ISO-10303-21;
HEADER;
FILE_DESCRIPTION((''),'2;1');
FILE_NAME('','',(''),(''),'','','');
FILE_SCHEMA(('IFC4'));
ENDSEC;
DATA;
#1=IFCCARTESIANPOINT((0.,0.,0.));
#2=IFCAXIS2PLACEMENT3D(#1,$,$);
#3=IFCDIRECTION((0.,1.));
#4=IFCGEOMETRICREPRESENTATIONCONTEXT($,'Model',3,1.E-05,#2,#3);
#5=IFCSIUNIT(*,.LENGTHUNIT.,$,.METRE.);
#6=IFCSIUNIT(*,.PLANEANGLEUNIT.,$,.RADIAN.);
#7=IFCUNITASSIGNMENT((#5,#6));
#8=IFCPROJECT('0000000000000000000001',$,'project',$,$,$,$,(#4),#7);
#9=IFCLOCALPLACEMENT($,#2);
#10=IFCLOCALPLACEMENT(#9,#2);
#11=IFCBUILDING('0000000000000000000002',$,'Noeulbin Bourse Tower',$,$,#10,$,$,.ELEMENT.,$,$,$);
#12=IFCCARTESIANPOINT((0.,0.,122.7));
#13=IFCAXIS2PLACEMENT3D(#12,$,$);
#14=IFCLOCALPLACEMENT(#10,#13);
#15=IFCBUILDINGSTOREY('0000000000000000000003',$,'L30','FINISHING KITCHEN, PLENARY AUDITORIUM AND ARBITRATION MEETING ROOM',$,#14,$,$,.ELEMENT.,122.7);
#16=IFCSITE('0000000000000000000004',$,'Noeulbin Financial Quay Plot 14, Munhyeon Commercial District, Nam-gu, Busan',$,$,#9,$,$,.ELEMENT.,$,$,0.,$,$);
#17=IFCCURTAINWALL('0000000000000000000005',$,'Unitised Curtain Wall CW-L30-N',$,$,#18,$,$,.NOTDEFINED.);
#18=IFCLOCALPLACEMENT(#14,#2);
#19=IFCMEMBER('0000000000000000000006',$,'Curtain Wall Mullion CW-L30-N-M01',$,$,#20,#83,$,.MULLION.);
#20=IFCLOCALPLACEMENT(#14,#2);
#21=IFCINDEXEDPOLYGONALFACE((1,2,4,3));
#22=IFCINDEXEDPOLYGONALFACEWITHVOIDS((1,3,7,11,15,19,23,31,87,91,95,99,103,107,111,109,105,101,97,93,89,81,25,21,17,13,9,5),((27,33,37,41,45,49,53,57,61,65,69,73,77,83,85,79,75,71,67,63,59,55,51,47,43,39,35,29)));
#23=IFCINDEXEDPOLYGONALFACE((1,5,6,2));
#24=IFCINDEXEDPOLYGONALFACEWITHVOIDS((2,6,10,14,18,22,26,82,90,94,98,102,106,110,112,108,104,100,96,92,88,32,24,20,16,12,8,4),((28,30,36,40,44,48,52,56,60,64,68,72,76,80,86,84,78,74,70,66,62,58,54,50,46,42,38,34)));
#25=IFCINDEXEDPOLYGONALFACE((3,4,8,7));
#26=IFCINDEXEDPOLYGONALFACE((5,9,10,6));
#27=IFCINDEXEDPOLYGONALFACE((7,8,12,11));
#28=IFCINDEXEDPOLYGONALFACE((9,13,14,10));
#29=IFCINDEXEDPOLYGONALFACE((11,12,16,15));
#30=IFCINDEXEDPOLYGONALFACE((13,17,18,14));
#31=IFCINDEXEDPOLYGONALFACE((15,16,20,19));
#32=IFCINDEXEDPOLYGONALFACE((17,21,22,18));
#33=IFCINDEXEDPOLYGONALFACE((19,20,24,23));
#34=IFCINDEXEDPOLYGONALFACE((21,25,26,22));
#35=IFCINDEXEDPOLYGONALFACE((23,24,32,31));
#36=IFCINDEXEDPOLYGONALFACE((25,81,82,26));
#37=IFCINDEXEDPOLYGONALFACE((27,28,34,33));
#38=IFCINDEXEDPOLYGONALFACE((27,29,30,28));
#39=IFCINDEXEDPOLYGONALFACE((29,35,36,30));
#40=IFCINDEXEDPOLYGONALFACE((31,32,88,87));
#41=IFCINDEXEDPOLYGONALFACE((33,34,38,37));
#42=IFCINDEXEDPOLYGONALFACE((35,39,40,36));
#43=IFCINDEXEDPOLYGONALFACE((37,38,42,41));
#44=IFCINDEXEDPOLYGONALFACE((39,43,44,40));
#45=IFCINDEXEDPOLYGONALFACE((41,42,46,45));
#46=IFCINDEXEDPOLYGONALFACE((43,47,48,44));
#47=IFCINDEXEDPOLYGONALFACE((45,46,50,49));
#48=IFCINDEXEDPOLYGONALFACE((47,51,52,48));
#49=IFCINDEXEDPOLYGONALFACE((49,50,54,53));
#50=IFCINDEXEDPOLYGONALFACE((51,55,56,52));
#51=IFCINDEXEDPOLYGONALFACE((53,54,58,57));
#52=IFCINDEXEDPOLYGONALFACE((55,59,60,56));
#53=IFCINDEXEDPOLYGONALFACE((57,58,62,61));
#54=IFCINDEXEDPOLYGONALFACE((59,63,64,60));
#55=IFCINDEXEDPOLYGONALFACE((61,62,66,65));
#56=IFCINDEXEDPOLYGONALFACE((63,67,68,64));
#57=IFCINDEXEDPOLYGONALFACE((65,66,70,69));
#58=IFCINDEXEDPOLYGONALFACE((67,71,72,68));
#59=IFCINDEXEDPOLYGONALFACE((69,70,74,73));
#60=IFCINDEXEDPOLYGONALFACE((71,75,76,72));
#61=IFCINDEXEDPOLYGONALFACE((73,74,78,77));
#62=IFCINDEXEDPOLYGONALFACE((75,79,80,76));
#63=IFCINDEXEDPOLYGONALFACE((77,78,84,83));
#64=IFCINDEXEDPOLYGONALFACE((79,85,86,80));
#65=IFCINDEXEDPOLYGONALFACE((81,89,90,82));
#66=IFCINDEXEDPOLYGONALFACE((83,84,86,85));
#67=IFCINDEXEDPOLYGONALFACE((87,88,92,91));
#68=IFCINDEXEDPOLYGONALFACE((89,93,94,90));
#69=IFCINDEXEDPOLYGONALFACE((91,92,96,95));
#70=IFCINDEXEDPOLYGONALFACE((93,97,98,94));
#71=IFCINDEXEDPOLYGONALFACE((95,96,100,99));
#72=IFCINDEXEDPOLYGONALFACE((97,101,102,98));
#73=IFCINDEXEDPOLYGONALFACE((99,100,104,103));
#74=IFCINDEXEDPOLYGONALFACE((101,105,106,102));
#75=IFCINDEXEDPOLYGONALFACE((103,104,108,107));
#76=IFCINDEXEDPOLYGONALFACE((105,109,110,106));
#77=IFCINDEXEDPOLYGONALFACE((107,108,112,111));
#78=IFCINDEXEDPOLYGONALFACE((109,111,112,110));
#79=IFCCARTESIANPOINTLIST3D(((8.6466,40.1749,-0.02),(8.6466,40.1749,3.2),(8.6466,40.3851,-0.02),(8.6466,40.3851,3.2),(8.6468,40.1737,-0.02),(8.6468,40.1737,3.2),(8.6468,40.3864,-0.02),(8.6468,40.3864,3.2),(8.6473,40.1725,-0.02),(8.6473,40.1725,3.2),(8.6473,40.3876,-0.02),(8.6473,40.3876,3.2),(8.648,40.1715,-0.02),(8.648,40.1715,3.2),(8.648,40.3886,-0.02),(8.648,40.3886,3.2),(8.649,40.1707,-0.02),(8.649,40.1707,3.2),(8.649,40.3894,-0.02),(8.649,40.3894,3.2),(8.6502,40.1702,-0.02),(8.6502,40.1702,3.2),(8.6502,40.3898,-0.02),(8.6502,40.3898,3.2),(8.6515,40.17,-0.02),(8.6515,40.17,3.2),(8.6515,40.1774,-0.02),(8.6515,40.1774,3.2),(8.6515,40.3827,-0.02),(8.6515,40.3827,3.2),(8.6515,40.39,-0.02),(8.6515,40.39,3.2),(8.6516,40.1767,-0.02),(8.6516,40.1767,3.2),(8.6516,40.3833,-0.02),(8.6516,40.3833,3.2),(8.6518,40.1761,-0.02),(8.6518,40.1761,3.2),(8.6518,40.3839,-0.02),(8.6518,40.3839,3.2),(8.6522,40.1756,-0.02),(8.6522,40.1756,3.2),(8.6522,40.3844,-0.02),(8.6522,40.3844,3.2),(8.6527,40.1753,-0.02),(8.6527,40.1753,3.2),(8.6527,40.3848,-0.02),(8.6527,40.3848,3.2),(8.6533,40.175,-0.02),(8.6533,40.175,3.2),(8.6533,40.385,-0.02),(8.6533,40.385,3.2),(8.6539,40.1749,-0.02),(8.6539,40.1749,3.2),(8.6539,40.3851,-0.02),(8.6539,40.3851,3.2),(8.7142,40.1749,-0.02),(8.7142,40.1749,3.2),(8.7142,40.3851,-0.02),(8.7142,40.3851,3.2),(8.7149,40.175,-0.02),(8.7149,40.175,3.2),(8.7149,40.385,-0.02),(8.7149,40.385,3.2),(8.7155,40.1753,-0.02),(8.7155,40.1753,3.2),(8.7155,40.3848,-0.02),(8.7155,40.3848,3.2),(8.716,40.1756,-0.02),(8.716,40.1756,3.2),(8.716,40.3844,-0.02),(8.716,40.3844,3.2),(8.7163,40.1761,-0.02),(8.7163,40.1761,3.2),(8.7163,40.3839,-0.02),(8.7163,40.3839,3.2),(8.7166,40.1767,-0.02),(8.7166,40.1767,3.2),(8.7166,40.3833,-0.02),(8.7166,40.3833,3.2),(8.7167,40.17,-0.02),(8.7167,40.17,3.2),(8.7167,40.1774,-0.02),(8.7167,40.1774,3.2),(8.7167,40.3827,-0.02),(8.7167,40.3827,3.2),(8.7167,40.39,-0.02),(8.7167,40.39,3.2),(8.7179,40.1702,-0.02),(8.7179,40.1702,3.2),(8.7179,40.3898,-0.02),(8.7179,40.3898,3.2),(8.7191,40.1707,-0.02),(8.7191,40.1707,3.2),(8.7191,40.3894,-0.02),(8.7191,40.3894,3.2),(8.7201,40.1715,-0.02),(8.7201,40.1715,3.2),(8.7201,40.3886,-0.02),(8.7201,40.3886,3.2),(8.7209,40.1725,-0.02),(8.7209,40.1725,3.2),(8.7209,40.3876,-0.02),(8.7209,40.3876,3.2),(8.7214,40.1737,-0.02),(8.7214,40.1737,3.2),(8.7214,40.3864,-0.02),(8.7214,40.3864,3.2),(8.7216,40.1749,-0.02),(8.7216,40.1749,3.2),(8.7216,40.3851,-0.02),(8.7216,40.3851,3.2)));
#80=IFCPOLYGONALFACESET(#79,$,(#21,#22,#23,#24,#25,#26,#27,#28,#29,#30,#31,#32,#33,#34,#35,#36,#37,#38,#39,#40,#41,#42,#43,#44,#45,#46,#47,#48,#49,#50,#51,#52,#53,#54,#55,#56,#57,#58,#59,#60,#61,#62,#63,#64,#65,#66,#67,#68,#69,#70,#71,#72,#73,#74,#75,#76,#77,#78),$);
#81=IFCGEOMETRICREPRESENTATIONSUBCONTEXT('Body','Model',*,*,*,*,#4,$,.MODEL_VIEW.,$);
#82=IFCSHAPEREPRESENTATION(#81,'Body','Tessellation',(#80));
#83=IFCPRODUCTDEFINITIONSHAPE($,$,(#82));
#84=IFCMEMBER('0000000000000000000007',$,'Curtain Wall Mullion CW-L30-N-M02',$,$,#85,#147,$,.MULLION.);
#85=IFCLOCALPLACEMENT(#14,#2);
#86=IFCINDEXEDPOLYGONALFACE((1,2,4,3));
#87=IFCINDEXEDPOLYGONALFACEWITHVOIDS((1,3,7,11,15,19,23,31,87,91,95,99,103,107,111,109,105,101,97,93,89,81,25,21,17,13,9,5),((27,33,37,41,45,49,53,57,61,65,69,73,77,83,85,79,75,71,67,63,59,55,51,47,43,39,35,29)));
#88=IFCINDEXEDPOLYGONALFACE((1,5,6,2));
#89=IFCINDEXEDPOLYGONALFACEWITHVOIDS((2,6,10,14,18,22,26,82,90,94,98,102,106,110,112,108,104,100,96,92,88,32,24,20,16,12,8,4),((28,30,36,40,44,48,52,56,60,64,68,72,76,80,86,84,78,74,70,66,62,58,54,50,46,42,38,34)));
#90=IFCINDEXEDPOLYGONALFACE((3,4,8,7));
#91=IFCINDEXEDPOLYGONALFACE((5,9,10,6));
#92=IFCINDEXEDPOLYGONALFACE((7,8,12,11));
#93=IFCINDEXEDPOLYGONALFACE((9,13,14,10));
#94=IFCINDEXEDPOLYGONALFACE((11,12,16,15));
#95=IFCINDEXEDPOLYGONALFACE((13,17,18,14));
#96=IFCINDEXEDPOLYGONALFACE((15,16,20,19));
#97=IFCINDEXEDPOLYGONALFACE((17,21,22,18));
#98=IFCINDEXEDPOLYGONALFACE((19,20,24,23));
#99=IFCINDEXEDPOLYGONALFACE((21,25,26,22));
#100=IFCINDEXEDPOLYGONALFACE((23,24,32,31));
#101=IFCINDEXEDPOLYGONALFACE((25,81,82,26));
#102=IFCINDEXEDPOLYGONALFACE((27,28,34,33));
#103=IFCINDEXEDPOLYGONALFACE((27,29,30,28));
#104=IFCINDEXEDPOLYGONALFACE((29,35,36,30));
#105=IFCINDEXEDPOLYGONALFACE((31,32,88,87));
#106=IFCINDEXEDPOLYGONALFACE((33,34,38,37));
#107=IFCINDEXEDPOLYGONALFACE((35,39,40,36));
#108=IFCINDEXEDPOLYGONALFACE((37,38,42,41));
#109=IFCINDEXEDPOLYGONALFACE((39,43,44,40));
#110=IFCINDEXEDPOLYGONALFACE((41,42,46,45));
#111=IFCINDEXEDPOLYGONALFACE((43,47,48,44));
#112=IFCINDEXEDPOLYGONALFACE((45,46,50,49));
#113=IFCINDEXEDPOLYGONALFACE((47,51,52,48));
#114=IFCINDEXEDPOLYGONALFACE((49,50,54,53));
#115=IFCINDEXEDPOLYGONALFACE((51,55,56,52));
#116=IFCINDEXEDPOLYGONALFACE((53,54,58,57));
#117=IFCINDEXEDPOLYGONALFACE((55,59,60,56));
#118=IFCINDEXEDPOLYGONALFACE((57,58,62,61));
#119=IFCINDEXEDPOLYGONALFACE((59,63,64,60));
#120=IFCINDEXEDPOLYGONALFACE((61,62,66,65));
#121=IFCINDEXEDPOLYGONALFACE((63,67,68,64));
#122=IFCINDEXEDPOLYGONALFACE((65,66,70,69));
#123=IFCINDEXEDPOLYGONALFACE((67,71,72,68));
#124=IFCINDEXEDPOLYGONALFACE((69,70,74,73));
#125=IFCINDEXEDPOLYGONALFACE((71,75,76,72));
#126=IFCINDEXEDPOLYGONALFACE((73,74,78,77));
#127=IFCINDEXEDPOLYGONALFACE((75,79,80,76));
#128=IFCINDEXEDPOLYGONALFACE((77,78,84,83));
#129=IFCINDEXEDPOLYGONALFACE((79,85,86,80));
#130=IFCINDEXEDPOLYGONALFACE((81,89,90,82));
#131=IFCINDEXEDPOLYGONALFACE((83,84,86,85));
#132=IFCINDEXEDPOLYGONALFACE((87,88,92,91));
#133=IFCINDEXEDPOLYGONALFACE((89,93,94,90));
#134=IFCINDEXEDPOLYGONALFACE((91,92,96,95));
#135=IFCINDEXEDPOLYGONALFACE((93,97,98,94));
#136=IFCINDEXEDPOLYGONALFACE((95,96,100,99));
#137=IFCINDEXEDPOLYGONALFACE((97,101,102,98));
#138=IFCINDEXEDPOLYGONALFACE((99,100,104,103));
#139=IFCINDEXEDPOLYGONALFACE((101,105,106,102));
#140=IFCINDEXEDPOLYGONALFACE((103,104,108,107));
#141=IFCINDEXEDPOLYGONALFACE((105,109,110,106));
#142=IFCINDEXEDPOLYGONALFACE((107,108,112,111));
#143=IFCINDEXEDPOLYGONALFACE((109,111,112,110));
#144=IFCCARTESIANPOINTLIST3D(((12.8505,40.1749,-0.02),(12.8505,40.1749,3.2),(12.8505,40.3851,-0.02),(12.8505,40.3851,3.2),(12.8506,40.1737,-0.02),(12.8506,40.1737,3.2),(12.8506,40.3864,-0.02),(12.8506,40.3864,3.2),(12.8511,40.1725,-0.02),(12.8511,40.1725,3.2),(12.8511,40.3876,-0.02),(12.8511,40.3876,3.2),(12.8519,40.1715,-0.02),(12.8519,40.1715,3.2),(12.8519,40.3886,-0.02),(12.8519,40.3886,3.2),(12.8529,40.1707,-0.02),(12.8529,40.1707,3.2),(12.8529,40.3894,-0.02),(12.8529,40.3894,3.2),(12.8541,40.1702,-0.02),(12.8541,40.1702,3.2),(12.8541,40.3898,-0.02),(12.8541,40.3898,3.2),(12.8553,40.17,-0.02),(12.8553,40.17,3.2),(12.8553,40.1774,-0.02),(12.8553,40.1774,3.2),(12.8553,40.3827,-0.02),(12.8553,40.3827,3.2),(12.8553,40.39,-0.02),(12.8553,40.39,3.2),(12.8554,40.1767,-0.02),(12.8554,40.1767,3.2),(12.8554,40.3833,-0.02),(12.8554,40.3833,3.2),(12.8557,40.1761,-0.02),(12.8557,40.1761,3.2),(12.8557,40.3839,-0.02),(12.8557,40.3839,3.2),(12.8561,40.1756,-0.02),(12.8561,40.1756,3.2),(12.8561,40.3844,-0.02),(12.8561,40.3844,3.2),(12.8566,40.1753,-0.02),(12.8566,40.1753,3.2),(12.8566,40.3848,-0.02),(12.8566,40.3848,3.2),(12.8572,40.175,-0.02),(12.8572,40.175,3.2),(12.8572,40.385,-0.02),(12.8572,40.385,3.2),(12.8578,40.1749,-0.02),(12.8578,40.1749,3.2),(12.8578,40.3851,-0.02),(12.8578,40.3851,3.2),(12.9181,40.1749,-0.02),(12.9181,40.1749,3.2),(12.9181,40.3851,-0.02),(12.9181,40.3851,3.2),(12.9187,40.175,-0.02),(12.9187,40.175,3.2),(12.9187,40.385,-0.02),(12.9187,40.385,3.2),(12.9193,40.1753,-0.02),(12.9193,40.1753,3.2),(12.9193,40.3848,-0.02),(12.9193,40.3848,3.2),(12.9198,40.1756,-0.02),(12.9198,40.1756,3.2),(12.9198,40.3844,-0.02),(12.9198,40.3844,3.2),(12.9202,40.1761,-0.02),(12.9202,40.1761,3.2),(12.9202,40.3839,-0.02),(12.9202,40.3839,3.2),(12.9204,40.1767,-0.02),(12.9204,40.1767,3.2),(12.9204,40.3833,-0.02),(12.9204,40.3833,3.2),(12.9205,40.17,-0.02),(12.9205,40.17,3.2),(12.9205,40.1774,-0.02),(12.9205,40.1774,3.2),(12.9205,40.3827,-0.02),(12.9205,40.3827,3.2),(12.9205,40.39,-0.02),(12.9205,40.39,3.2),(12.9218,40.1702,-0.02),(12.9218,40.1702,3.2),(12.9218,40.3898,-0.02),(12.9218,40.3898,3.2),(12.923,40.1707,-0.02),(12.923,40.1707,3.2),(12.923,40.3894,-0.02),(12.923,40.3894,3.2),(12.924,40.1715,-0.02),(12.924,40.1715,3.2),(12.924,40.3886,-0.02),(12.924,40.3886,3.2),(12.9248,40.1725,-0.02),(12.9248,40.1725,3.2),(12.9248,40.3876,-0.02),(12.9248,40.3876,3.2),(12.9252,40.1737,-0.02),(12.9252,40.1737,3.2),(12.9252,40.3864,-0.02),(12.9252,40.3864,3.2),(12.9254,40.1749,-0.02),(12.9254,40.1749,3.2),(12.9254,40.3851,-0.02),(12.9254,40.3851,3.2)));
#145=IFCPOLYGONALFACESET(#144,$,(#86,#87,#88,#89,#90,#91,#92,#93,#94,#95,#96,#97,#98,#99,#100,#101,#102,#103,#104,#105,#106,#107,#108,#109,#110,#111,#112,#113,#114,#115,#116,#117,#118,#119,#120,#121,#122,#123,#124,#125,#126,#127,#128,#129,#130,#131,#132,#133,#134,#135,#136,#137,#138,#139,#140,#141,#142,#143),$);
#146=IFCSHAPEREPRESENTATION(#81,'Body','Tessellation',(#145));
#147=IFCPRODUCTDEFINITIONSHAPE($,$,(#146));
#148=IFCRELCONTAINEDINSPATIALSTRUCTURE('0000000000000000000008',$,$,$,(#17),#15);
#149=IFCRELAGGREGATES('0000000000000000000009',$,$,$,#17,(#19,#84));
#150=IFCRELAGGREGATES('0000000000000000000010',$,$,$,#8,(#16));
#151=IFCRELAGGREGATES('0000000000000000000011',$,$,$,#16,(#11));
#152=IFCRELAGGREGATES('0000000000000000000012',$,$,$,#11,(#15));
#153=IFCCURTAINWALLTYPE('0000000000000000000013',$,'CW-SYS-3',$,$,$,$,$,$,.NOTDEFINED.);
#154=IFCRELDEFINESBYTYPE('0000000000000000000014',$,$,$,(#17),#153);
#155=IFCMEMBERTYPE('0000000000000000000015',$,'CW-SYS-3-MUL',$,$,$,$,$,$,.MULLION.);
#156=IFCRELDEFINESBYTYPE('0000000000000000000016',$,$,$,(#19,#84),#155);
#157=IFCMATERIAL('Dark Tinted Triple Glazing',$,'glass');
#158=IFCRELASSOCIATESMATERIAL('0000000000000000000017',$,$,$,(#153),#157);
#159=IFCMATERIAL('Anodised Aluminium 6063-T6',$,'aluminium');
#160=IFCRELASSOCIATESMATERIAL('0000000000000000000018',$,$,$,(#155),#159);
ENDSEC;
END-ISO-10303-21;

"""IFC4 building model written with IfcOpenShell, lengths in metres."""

from ifc_helpers import new_model, si_unit, direction, frame, origin, origin_2d, place, context, subcontext, project, spatial, hollow_rectangle, extrude, material, material_profile, profile_set, type_object, element, aggregate, save


model = new_model("IFC4")

# Units and contexts
model_context = context("Model", 3, precision=1e-05, world=origin(), true_north=direction((0.0, 1.0)))
body_context = subcontext(model_context, "Body", "Model", "MODEL_VIEW")
ifc_project = project(units=[si_unit("LENGTHUNIT", "METRE"), si_unit("PLANEANGLEUNIT", "RADIAN")], contexts=[model_context])

# Site, building, storey
site_placement = place(None, origin())
site = spatial("IfcSite", under=ifc_project, at=site_placement, Name="Noeulbin Financial Quay Plot 14, Munhyeon Commercial District, Nam-gu, Busan", CompositionType="ELEMENT", RefElevation=0.0)
building_placement = place(site_placement, origin())
building = spatial("IfcBuilding", under=site, at=building_placement, Name="Noeulbin Bourse Tower", CompositionType="ELEMENT")
storey_placement = place(building_placement, frame((0.0, 0.0, 122.7)))
storey = spatial("IfcBuildingStorey", under=building, at=storey_placement, Name="L30", Description="FINISHING KITCHEN, PLENARY AUDITORIUM AND ARBITRATION MEETING ROOM", CompositionType="ELEMENT", Elevation=122.7)

# Curtain wall, members
ifc_material_1 = material(Name="Dark Tinted Triple Glazing", Category="glass")
curtain_wall_type = type_object("IfcCurtainWallType", Name="CW-SYS-3", PredefinedType="NOTDEFINED", material=ifc_material_1)
curtain_wall_1_placement = place(storey_placement, origin())
curtain_wall_1 = element("IfcCurtainWall", 1, at=curtain_wall_1_placement, inside=storey, type_object=curtain_wall_type, Name="Unitised Curtain Wall CW-L30-N", PredefinedType="NOTDEFINED")
ifc_material_2 = material(Name="Anodised Aluminium 6063-T6", Category="aluminium")
ifc_material_profile_1 = material_profile(ifc_material_2, hollow_rectangle(XDim=0.075, YDim=0.22, WallThickness=0.0049, InnerFilletRadius=0.0024, OuterFilletRadius=0.0049, at=origin_2d()), Name="ALU-MULL-75x220x5", Category="LoadBearing")
ifc_profile_set_1 = profile_set([ifc_material_profile_1], Name="Anodised Aluminium 6063-T6")
member_type_1 = type_object("IfcMemberType", Name="CW-SYS-3-MUL", PredefinedType="MULLION", material=ifc_profile_set_1)
member_1_placement = place(storey_placement, frame((8.6841, 40.28, -0.02), z_axis=(0.0, 0.0, 1.0), x_axis=(1.0, 0.0, 0.0)))
member_1 = element("IfcMember", 2, at=member_1_placement, type_object=member_type_1, Name="Curtain Wall Mullion CW-L30-N-M01", PredefinedType="MULLION", context=body_context, shape_type="SweptSolid", body=[
    extrude(hollow_rectangle(XDim=0.075, YDim=0.22, WallThickness=0.0049, InnerFilletRadius=0.0024, OuterFilletRadius=0.0049, at=origin_2d()), origin(), (0.0, 0.0, 1.0), 3.22),
])
member_2_placement = place(storey_placement, frame((12.8879, 40.28, -0.02), z_axis=(0.0, 0.0, 1.0), x_axis=(1.0, 0.0, 0.0)))
member_2 = element("IfcMember", 3, at=member_2_placement, type_object=member_type_1, Name="Curtain Wall Mullion CW-L30-N-M02", PredefinedType="MULLION", context=body_context, shape_type="SweptSolid", body=[
    extrude(hollow_rectangle(XDim=0.075, YDim=0.22, WallThickness=0.0049, InnerFilletRadius=0.0024, OuterFilletRadius=0.0049, at=origin_2d()), origin(), (0.0, 0.0, 1.0), 3.22),
])

aggregate(curtain_wall_1, [member_1, member_2])

save(model, "model.ifc")
